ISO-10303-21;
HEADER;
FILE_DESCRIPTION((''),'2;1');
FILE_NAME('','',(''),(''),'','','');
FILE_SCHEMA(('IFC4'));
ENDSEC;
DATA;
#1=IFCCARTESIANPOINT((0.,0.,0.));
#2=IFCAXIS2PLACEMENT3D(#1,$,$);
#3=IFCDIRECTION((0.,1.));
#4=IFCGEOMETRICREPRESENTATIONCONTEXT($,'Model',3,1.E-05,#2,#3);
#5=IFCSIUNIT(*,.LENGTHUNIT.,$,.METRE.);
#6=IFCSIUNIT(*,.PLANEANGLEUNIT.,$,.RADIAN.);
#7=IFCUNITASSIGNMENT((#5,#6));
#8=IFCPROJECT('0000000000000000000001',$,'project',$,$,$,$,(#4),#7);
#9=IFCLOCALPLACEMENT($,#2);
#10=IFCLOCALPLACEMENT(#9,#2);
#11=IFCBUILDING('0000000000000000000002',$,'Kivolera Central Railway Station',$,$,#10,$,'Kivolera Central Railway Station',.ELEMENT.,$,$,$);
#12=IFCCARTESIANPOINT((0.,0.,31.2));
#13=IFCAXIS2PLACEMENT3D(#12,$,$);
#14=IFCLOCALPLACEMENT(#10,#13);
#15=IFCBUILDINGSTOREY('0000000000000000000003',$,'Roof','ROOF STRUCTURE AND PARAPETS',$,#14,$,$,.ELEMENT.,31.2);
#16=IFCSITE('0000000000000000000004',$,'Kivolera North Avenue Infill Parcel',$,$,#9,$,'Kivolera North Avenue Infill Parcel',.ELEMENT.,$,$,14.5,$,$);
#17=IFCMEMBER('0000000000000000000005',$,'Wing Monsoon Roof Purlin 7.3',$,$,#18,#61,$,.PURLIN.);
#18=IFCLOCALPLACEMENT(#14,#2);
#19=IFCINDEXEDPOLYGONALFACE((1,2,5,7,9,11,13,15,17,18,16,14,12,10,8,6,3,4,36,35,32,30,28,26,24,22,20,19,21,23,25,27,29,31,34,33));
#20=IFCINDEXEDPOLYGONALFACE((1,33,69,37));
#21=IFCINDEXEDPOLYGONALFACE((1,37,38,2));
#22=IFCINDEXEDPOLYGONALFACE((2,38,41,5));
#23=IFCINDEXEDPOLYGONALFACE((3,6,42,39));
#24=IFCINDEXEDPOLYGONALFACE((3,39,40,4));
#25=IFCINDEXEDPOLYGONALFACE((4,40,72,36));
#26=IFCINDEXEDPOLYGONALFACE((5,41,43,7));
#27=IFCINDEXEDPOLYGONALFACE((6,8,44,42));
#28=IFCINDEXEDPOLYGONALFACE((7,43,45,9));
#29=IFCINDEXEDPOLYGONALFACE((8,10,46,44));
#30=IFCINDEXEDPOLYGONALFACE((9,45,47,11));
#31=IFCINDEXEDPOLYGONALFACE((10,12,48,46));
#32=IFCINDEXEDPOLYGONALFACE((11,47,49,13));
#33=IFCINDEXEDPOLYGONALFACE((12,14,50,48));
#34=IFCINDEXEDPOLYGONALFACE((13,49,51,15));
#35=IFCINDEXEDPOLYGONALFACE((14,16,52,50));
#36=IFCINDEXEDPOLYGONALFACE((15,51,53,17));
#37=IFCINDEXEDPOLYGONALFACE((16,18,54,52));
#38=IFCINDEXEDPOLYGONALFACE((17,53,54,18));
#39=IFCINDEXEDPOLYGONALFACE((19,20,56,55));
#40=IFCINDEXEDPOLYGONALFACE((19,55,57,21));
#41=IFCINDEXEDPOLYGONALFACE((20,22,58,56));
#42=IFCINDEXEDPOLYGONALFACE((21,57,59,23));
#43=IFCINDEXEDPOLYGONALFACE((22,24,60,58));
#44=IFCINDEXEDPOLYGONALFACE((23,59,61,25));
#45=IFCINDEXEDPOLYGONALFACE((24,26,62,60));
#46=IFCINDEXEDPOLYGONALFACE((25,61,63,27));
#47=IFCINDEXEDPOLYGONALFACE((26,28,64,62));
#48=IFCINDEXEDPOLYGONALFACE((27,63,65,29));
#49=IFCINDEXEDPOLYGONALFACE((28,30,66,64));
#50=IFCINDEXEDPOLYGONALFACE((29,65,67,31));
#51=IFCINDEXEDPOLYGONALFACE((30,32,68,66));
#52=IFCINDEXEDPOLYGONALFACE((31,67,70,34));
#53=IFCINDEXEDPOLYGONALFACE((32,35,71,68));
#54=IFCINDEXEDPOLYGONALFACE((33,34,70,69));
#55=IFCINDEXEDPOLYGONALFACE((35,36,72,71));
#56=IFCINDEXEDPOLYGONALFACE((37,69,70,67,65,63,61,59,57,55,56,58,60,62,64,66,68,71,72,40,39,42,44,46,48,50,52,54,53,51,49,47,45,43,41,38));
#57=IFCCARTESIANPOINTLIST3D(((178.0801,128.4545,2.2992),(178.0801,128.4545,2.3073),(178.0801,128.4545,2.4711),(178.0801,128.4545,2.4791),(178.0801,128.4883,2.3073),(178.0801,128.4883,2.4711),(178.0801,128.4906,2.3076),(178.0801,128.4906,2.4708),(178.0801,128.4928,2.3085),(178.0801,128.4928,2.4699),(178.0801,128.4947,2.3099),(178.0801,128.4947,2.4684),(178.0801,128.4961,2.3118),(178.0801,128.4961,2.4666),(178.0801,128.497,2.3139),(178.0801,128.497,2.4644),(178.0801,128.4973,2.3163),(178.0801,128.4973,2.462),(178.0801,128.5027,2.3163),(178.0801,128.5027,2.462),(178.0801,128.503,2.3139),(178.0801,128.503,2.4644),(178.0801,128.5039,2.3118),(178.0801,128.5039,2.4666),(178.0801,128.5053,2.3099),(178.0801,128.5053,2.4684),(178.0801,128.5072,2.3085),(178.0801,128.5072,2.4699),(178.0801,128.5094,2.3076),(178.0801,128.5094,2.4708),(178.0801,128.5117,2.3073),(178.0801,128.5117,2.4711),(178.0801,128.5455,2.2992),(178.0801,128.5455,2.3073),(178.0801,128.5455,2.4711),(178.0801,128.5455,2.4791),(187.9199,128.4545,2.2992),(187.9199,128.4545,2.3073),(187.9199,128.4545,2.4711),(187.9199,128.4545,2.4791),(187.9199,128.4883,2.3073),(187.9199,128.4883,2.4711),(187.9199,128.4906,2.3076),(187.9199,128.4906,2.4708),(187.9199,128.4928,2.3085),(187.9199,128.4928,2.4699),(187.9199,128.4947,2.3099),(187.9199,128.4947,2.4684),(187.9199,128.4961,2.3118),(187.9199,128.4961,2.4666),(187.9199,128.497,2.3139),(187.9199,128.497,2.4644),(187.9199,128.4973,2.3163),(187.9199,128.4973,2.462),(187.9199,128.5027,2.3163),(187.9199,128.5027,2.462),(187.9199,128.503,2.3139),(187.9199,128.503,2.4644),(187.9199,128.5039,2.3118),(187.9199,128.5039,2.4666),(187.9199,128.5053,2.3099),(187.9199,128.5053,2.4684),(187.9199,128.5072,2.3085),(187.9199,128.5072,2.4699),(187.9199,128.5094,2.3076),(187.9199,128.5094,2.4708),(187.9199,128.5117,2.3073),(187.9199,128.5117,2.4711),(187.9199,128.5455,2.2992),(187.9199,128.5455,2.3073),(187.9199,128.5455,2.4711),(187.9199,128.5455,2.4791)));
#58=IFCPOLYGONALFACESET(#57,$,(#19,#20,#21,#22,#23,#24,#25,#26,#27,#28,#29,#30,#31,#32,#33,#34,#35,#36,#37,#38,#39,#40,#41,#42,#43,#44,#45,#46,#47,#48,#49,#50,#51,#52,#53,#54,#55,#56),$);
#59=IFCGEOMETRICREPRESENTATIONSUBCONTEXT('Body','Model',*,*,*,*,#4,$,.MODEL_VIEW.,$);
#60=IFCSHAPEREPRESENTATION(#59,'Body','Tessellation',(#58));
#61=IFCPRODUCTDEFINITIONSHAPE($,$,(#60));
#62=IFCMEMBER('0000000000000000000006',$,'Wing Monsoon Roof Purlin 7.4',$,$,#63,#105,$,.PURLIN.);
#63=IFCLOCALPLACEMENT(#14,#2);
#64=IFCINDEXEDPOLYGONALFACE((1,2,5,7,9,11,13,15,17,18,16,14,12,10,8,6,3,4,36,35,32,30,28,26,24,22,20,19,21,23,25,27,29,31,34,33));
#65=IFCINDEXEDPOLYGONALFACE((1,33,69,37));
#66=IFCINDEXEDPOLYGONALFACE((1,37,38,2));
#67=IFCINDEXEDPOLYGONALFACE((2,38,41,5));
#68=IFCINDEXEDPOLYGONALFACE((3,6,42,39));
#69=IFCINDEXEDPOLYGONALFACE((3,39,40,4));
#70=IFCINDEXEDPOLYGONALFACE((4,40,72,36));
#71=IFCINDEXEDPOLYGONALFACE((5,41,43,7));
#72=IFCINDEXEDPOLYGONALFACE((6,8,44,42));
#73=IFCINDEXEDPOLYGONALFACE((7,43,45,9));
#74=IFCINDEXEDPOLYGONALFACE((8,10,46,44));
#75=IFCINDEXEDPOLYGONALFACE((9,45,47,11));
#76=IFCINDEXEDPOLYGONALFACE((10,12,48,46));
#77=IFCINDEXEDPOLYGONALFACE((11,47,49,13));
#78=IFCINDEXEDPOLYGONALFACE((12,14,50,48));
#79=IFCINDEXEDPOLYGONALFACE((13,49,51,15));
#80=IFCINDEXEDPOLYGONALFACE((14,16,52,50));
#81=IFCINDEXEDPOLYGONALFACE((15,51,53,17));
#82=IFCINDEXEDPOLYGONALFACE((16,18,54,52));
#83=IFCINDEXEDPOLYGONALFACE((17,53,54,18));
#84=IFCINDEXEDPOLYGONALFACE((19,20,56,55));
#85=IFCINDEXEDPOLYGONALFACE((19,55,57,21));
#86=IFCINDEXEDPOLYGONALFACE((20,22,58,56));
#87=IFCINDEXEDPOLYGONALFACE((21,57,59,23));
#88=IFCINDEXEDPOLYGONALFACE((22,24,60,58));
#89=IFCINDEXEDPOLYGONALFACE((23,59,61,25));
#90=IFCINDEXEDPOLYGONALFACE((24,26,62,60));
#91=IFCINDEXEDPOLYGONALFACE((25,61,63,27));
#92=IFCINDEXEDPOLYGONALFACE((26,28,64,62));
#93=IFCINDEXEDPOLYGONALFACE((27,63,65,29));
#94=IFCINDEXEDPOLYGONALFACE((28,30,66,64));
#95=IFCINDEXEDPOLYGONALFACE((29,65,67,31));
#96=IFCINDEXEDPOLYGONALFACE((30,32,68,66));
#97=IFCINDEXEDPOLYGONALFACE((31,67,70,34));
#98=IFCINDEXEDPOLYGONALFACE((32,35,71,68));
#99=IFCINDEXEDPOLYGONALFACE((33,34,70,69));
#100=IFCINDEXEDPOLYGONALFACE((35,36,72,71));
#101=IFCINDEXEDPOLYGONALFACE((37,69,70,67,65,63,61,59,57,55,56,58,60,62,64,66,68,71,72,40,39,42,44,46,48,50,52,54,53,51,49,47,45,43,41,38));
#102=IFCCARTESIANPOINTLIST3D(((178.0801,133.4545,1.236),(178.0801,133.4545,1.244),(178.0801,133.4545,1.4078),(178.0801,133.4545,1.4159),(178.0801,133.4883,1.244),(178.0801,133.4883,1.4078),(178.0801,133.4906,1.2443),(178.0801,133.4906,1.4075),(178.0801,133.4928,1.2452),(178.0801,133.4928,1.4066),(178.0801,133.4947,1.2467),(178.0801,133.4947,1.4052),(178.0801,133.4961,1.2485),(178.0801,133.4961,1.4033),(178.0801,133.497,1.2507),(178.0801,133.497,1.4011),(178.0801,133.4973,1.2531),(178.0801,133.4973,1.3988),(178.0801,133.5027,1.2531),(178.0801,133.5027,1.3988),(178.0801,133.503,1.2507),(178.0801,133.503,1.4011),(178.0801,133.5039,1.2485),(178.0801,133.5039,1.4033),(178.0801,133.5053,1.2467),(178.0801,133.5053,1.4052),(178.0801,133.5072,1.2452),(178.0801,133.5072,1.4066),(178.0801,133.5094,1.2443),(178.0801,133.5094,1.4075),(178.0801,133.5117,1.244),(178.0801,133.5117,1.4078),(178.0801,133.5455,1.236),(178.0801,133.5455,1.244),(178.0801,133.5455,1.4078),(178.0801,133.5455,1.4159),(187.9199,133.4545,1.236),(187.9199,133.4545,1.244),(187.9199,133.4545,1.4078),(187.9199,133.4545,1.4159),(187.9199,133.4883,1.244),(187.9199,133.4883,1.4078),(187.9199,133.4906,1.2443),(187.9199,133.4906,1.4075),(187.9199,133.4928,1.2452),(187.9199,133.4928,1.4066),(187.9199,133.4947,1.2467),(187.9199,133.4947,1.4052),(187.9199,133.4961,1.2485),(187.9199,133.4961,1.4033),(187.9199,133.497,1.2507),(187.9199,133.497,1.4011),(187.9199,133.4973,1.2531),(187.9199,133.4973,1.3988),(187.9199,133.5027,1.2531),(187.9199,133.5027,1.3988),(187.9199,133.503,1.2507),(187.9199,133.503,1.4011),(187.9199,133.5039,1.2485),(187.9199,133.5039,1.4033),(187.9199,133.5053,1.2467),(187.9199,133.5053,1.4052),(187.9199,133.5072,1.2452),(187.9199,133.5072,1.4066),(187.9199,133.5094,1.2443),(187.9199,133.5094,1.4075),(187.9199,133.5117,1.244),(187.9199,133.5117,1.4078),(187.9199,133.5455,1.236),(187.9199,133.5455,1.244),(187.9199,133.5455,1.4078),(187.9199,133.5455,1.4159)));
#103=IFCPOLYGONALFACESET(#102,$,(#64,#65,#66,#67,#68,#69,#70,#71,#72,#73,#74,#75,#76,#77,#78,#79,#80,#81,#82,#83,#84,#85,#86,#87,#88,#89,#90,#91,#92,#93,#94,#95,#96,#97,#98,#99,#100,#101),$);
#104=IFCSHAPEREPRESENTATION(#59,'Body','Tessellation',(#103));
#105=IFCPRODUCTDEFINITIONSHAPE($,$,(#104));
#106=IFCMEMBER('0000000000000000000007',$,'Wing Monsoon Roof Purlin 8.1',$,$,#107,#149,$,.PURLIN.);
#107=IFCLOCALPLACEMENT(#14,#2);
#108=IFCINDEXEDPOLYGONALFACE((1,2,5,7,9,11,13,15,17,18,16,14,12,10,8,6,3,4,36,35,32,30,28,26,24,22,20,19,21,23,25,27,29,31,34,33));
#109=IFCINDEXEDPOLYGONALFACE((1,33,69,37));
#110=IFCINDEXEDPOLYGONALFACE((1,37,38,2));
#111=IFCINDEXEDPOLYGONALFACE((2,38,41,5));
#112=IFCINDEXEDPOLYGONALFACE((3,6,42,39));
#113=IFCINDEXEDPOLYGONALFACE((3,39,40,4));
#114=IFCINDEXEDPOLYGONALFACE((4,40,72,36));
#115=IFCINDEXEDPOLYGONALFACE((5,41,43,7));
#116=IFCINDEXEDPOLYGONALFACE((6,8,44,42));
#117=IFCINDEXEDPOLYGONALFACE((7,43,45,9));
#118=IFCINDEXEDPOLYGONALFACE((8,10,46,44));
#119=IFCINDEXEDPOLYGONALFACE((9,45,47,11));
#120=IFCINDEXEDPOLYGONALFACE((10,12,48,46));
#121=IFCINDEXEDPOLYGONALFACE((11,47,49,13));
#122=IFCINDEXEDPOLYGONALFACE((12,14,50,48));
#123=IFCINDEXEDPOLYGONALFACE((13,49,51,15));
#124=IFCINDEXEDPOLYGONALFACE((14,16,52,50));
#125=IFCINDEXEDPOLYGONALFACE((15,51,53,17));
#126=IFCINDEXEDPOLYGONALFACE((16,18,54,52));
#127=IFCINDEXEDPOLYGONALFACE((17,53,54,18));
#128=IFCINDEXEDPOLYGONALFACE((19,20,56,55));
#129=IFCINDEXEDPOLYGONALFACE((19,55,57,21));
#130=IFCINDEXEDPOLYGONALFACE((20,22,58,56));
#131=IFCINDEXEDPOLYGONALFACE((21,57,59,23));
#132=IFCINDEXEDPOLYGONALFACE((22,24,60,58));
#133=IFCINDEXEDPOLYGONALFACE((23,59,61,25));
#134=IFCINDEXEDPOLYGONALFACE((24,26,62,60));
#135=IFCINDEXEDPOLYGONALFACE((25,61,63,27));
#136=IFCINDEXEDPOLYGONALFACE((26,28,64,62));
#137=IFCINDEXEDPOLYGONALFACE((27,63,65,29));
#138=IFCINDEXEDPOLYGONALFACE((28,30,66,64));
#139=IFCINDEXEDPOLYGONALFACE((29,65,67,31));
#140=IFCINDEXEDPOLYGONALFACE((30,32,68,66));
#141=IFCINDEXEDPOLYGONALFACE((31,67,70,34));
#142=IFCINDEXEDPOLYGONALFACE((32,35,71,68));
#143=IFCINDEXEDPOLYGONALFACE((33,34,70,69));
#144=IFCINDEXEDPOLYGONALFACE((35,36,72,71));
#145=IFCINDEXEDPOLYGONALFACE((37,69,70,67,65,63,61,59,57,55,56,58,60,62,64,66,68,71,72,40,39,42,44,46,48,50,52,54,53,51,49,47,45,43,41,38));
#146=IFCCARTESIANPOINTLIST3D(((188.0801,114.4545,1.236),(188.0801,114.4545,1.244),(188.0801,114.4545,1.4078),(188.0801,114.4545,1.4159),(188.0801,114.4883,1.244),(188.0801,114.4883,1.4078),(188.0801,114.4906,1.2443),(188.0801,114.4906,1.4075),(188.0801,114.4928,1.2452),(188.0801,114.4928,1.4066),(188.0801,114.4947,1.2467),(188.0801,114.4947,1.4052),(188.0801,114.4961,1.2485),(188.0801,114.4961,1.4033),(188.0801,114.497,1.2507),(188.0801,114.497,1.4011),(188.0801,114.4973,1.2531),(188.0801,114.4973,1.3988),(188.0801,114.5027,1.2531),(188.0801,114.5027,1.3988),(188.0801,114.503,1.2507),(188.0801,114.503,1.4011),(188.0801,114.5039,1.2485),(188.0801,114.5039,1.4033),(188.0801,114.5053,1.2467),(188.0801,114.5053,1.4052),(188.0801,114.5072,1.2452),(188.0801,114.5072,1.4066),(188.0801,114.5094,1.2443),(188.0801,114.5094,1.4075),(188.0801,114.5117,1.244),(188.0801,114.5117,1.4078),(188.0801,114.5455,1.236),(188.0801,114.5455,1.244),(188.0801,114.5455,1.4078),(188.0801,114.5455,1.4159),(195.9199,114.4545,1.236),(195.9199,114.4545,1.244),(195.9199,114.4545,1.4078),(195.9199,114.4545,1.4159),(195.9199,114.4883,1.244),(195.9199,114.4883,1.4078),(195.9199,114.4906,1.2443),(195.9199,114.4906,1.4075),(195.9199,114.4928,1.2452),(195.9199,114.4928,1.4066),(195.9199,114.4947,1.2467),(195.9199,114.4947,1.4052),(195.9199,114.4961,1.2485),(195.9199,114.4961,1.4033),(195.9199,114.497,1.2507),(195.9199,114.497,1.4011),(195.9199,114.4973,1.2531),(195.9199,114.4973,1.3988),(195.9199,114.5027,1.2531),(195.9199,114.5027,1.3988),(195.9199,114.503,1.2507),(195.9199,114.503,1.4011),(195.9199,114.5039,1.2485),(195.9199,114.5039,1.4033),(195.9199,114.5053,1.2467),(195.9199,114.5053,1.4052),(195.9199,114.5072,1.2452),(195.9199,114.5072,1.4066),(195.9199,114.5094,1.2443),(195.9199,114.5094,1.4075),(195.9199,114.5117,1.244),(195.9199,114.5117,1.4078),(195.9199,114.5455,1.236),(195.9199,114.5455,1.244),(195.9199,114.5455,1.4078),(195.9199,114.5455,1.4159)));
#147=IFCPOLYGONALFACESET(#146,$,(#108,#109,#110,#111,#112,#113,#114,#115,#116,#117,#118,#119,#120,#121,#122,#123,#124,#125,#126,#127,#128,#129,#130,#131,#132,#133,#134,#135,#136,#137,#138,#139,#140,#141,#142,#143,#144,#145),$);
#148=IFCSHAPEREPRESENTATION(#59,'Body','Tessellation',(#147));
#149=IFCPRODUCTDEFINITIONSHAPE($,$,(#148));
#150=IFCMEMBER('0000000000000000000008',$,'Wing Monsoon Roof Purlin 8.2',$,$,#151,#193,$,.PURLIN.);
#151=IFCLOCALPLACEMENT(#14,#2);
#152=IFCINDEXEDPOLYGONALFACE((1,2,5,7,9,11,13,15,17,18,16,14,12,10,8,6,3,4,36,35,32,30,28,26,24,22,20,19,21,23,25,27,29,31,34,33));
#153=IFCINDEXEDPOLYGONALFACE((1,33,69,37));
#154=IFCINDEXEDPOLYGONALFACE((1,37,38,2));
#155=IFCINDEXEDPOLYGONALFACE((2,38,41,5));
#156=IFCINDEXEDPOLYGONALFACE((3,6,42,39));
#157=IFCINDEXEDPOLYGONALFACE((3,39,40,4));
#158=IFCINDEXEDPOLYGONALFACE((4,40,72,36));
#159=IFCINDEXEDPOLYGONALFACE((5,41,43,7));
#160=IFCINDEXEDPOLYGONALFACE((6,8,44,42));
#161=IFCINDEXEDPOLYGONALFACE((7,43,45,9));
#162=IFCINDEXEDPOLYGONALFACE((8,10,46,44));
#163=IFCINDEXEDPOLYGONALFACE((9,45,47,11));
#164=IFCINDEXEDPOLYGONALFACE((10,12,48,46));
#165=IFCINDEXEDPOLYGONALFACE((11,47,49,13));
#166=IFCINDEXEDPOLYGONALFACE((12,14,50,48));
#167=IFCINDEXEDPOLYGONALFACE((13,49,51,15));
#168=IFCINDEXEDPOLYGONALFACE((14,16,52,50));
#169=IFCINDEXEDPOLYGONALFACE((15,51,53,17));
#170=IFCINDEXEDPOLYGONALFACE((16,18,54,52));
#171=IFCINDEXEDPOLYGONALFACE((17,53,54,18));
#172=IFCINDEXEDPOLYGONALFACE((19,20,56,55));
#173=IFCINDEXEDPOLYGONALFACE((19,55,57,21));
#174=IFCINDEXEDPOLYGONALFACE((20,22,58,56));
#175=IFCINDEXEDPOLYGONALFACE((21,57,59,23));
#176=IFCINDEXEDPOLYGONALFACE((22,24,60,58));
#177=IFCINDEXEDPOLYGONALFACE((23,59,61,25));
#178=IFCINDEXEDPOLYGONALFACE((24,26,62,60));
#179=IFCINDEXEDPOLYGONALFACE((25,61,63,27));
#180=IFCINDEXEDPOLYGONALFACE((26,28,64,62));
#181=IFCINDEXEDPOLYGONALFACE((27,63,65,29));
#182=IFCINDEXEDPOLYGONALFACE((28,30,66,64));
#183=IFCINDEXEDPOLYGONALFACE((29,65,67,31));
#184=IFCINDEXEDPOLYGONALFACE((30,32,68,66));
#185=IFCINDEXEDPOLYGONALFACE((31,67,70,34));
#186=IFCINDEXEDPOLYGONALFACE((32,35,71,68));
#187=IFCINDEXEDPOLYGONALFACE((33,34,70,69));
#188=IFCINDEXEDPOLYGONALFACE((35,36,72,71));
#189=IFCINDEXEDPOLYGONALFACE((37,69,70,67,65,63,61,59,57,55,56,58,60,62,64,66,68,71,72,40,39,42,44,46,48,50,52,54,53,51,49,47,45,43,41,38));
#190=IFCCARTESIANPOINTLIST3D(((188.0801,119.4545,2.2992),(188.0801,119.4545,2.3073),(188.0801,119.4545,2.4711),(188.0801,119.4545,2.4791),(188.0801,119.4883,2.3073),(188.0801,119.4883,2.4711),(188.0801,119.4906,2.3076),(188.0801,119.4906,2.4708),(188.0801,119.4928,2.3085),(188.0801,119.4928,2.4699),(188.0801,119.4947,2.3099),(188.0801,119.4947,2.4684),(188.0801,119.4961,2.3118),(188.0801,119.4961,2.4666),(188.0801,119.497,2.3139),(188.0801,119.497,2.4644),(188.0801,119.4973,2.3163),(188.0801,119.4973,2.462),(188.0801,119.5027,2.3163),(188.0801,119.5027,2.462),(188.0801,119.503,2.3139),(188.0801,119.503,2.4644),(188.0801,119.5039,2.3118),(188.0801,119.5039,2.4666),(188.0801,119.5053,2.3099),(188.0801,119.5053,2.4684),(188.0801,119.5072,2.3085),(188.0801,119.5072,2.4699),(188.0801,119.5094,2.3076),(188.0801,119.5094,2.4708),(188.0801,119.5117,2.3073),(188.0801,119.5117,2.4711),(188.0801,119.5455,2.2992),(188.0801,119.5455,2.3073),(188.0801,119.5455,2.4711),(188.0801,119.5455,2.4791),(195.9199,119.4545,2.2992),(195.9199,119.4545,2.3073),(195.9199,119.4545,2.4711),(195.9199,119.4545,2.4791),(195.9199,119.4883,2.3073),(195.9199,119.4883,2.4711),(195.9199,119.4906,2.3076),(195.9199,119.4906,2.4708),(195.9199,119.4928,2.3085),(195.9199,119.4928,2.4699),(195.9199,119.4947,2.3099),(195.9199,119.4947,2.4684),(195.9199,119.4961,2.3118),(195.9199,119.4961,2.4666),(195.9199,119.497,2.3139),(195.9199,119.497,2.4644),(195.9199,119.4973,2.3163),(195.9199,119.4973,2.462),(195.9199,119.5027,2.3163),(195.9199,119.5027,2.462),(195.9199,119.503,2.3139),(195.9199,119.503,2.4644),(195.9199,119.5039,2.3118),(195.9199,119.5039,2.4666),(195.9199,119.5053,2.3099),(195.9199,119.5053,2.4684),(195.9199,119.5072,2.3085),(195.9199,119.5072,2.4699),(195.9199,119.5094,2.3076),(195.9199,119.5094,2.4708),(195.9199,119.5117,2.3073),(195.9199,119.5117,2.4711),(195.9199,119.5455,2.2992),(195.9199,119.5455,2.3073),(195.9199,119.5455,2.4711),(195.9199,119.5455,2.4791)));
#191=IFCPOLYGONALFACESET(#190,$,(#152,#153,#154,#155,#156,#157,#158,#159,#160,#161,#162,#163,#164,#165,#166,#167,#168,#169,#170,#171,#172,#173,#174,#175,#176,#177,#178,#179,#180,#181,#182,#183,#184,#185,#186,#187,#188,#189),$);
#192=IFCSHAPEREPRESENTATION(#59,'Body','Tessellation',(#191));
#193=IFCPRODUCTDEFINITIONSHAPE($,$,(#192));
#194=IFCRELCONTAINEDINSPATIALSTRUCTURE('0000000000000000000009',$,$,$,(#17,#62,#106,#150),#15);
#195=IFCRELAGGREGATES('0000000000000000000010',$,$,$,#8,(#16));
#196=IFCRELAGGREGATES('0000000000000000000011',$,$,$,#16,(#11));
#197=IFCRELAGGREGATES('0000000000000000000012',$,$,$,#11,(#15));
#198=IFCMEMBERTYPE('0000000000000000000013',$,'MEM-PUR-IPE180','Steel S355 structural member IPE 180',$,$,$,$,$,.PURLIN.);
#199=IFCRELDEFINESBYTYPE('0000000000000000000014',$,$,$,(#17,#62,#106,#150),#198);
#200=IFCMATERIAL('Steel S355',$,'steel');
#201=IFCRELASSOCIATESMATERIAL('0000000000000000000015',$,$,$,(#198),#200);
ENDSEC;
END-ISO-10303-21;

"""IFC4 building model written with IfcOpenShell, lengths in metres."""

from ifc_helpers import new_model, si_unit, direction, frame, origin, origin_2d, place, context, subcontext, project, spatial, i_section, extrude, material, material_profile, profile_set, type_object, element, save


model = new_model("IFC4")

# Units and contexts
model_context = context("Model", 3, precision=1e-05, world=origin(), true_north=direction((0.0, 1.0)))
body_context = subcontext(model_context, "Body", "Model", "MODEL_VIEW")
ifc_project = project(units=[si_unit("LENGTHUNIT", "METRE"), si_unit("PLANEANGLEUNIT", "RADIAN")], contexts=[model_context])

# Site, building, storey
site_placement = place(None, origin())
site = spatial("IfcSite", under=ifc_project, at=site_placement, Name="Kivolera North Avenue Infill Parcel", LongName="Kivolera North Avenue Infill Parcel", CompositionType="ELEMENT", RefElevation=14.5)
building_placement = place(site_placement, origin())
building = spatial("IfcBuilding", under=site, at=building_placement, Name="Kivolera Central Railway Station", LongName="Kivolera Central Railway Station", CompositionType="ELEMENT")
storey_placement = place(building_placement, frame((0.0, 0.0, 31.2)))
storey = spatial("IfcBuildingStorey", under=building, at=storey_placement, Name="Roof", Description="ROOF STRUCTURE AND PARAPETS", CompositionType="ELEMENT", Elevation=31.2)

# Shared definitions
ifc_material_1 = material(Name="Steel S355", Category="steel")

# Members
ifc_material_profile_1 = material_profile(ifc_material_1, i_section(OverallWidth=0.0911, OverallDepth=0.1799, WebThickness=0.0054, FlangeThickness=0.0081, FilletRadius=0.009, at=origin_2d()), Name="IPE 180")
ifc_profile_set_1 = profile_set([ifc_material_profile_1], Name="Steel S355")
member_type_1 = type_object("IfcMemberType", Name="MEM-PUR-IPE180", Description="Steel S355 structural member IPE 180", PredefinedType="PURLIN", material=ifc_profile_set_1)
for number, where, z_axis, x_axis, name in (
    (1, (178.0801, 128.5, 2.3892), (1.0, 0.0, 0.0), (0.0, 1.0, 0.0), "Wing Monsoon Roof Purlin 7.3"),
    (2, (178.0801, 133.5, 1.3259), (1.0, 0.0, 0.0), (0.0, 1.0, 0.0), "Wing Monsoon Roof Purlin 7.4"),
):
    element("IfcMember", number, at=place(storey_placement, frame(where, z_axis=z_axis, x_axis=x_axis)), inside=storey, type_object=member_type_1, Name=name, PredefinedType="PURLIN", context=body_context, shape_type="SweptSolid", body=[
        extrude(i_section(OverallWidth=0.0911, OverallDepth=0.1799, WebThickness=0.0054, FlangeThickness=0.0081, FilletRadius=0.009, at=origin_2d()), origin(), (0.0, 0.0, 1.0), 9.8398),
    ])
for number, where, z_axis, x_axis, name in (
    (3, (188.0801, 114.5, 1.3259), (1.0, 0.0, 0.0), (0.0, 1.0, 0.0), "Wing Monsoon Roof Purlin 8.1"),
    (4, (188.0801, 119.5, 2.3892), (1.0, 0.0, 0.0), (0.0, 1.0, 0.0), "Wing Monsoon Roof Purlin 8.2"),
):
    element("IfcMember", number, at=place(storey_placement, frame(where, z_axis=z_axis, x_axis=x_axis)), inside=storey, type_object=member_type_1, Name=name, PredefinedType="PURLIN", context=body_context, shape_type="SweptSolid", body=[
        extrude(i_section(OverallWidth=0.0911, OverallDepth=0.1799, WebThickness=0.0054, FlangeThickness=0.0081, FilletRadius=0.009, at=origin_2d()), origin(), (0.0, 0.0, 1.0), 7.8398),
    ])

save(model, "model.ifc")
